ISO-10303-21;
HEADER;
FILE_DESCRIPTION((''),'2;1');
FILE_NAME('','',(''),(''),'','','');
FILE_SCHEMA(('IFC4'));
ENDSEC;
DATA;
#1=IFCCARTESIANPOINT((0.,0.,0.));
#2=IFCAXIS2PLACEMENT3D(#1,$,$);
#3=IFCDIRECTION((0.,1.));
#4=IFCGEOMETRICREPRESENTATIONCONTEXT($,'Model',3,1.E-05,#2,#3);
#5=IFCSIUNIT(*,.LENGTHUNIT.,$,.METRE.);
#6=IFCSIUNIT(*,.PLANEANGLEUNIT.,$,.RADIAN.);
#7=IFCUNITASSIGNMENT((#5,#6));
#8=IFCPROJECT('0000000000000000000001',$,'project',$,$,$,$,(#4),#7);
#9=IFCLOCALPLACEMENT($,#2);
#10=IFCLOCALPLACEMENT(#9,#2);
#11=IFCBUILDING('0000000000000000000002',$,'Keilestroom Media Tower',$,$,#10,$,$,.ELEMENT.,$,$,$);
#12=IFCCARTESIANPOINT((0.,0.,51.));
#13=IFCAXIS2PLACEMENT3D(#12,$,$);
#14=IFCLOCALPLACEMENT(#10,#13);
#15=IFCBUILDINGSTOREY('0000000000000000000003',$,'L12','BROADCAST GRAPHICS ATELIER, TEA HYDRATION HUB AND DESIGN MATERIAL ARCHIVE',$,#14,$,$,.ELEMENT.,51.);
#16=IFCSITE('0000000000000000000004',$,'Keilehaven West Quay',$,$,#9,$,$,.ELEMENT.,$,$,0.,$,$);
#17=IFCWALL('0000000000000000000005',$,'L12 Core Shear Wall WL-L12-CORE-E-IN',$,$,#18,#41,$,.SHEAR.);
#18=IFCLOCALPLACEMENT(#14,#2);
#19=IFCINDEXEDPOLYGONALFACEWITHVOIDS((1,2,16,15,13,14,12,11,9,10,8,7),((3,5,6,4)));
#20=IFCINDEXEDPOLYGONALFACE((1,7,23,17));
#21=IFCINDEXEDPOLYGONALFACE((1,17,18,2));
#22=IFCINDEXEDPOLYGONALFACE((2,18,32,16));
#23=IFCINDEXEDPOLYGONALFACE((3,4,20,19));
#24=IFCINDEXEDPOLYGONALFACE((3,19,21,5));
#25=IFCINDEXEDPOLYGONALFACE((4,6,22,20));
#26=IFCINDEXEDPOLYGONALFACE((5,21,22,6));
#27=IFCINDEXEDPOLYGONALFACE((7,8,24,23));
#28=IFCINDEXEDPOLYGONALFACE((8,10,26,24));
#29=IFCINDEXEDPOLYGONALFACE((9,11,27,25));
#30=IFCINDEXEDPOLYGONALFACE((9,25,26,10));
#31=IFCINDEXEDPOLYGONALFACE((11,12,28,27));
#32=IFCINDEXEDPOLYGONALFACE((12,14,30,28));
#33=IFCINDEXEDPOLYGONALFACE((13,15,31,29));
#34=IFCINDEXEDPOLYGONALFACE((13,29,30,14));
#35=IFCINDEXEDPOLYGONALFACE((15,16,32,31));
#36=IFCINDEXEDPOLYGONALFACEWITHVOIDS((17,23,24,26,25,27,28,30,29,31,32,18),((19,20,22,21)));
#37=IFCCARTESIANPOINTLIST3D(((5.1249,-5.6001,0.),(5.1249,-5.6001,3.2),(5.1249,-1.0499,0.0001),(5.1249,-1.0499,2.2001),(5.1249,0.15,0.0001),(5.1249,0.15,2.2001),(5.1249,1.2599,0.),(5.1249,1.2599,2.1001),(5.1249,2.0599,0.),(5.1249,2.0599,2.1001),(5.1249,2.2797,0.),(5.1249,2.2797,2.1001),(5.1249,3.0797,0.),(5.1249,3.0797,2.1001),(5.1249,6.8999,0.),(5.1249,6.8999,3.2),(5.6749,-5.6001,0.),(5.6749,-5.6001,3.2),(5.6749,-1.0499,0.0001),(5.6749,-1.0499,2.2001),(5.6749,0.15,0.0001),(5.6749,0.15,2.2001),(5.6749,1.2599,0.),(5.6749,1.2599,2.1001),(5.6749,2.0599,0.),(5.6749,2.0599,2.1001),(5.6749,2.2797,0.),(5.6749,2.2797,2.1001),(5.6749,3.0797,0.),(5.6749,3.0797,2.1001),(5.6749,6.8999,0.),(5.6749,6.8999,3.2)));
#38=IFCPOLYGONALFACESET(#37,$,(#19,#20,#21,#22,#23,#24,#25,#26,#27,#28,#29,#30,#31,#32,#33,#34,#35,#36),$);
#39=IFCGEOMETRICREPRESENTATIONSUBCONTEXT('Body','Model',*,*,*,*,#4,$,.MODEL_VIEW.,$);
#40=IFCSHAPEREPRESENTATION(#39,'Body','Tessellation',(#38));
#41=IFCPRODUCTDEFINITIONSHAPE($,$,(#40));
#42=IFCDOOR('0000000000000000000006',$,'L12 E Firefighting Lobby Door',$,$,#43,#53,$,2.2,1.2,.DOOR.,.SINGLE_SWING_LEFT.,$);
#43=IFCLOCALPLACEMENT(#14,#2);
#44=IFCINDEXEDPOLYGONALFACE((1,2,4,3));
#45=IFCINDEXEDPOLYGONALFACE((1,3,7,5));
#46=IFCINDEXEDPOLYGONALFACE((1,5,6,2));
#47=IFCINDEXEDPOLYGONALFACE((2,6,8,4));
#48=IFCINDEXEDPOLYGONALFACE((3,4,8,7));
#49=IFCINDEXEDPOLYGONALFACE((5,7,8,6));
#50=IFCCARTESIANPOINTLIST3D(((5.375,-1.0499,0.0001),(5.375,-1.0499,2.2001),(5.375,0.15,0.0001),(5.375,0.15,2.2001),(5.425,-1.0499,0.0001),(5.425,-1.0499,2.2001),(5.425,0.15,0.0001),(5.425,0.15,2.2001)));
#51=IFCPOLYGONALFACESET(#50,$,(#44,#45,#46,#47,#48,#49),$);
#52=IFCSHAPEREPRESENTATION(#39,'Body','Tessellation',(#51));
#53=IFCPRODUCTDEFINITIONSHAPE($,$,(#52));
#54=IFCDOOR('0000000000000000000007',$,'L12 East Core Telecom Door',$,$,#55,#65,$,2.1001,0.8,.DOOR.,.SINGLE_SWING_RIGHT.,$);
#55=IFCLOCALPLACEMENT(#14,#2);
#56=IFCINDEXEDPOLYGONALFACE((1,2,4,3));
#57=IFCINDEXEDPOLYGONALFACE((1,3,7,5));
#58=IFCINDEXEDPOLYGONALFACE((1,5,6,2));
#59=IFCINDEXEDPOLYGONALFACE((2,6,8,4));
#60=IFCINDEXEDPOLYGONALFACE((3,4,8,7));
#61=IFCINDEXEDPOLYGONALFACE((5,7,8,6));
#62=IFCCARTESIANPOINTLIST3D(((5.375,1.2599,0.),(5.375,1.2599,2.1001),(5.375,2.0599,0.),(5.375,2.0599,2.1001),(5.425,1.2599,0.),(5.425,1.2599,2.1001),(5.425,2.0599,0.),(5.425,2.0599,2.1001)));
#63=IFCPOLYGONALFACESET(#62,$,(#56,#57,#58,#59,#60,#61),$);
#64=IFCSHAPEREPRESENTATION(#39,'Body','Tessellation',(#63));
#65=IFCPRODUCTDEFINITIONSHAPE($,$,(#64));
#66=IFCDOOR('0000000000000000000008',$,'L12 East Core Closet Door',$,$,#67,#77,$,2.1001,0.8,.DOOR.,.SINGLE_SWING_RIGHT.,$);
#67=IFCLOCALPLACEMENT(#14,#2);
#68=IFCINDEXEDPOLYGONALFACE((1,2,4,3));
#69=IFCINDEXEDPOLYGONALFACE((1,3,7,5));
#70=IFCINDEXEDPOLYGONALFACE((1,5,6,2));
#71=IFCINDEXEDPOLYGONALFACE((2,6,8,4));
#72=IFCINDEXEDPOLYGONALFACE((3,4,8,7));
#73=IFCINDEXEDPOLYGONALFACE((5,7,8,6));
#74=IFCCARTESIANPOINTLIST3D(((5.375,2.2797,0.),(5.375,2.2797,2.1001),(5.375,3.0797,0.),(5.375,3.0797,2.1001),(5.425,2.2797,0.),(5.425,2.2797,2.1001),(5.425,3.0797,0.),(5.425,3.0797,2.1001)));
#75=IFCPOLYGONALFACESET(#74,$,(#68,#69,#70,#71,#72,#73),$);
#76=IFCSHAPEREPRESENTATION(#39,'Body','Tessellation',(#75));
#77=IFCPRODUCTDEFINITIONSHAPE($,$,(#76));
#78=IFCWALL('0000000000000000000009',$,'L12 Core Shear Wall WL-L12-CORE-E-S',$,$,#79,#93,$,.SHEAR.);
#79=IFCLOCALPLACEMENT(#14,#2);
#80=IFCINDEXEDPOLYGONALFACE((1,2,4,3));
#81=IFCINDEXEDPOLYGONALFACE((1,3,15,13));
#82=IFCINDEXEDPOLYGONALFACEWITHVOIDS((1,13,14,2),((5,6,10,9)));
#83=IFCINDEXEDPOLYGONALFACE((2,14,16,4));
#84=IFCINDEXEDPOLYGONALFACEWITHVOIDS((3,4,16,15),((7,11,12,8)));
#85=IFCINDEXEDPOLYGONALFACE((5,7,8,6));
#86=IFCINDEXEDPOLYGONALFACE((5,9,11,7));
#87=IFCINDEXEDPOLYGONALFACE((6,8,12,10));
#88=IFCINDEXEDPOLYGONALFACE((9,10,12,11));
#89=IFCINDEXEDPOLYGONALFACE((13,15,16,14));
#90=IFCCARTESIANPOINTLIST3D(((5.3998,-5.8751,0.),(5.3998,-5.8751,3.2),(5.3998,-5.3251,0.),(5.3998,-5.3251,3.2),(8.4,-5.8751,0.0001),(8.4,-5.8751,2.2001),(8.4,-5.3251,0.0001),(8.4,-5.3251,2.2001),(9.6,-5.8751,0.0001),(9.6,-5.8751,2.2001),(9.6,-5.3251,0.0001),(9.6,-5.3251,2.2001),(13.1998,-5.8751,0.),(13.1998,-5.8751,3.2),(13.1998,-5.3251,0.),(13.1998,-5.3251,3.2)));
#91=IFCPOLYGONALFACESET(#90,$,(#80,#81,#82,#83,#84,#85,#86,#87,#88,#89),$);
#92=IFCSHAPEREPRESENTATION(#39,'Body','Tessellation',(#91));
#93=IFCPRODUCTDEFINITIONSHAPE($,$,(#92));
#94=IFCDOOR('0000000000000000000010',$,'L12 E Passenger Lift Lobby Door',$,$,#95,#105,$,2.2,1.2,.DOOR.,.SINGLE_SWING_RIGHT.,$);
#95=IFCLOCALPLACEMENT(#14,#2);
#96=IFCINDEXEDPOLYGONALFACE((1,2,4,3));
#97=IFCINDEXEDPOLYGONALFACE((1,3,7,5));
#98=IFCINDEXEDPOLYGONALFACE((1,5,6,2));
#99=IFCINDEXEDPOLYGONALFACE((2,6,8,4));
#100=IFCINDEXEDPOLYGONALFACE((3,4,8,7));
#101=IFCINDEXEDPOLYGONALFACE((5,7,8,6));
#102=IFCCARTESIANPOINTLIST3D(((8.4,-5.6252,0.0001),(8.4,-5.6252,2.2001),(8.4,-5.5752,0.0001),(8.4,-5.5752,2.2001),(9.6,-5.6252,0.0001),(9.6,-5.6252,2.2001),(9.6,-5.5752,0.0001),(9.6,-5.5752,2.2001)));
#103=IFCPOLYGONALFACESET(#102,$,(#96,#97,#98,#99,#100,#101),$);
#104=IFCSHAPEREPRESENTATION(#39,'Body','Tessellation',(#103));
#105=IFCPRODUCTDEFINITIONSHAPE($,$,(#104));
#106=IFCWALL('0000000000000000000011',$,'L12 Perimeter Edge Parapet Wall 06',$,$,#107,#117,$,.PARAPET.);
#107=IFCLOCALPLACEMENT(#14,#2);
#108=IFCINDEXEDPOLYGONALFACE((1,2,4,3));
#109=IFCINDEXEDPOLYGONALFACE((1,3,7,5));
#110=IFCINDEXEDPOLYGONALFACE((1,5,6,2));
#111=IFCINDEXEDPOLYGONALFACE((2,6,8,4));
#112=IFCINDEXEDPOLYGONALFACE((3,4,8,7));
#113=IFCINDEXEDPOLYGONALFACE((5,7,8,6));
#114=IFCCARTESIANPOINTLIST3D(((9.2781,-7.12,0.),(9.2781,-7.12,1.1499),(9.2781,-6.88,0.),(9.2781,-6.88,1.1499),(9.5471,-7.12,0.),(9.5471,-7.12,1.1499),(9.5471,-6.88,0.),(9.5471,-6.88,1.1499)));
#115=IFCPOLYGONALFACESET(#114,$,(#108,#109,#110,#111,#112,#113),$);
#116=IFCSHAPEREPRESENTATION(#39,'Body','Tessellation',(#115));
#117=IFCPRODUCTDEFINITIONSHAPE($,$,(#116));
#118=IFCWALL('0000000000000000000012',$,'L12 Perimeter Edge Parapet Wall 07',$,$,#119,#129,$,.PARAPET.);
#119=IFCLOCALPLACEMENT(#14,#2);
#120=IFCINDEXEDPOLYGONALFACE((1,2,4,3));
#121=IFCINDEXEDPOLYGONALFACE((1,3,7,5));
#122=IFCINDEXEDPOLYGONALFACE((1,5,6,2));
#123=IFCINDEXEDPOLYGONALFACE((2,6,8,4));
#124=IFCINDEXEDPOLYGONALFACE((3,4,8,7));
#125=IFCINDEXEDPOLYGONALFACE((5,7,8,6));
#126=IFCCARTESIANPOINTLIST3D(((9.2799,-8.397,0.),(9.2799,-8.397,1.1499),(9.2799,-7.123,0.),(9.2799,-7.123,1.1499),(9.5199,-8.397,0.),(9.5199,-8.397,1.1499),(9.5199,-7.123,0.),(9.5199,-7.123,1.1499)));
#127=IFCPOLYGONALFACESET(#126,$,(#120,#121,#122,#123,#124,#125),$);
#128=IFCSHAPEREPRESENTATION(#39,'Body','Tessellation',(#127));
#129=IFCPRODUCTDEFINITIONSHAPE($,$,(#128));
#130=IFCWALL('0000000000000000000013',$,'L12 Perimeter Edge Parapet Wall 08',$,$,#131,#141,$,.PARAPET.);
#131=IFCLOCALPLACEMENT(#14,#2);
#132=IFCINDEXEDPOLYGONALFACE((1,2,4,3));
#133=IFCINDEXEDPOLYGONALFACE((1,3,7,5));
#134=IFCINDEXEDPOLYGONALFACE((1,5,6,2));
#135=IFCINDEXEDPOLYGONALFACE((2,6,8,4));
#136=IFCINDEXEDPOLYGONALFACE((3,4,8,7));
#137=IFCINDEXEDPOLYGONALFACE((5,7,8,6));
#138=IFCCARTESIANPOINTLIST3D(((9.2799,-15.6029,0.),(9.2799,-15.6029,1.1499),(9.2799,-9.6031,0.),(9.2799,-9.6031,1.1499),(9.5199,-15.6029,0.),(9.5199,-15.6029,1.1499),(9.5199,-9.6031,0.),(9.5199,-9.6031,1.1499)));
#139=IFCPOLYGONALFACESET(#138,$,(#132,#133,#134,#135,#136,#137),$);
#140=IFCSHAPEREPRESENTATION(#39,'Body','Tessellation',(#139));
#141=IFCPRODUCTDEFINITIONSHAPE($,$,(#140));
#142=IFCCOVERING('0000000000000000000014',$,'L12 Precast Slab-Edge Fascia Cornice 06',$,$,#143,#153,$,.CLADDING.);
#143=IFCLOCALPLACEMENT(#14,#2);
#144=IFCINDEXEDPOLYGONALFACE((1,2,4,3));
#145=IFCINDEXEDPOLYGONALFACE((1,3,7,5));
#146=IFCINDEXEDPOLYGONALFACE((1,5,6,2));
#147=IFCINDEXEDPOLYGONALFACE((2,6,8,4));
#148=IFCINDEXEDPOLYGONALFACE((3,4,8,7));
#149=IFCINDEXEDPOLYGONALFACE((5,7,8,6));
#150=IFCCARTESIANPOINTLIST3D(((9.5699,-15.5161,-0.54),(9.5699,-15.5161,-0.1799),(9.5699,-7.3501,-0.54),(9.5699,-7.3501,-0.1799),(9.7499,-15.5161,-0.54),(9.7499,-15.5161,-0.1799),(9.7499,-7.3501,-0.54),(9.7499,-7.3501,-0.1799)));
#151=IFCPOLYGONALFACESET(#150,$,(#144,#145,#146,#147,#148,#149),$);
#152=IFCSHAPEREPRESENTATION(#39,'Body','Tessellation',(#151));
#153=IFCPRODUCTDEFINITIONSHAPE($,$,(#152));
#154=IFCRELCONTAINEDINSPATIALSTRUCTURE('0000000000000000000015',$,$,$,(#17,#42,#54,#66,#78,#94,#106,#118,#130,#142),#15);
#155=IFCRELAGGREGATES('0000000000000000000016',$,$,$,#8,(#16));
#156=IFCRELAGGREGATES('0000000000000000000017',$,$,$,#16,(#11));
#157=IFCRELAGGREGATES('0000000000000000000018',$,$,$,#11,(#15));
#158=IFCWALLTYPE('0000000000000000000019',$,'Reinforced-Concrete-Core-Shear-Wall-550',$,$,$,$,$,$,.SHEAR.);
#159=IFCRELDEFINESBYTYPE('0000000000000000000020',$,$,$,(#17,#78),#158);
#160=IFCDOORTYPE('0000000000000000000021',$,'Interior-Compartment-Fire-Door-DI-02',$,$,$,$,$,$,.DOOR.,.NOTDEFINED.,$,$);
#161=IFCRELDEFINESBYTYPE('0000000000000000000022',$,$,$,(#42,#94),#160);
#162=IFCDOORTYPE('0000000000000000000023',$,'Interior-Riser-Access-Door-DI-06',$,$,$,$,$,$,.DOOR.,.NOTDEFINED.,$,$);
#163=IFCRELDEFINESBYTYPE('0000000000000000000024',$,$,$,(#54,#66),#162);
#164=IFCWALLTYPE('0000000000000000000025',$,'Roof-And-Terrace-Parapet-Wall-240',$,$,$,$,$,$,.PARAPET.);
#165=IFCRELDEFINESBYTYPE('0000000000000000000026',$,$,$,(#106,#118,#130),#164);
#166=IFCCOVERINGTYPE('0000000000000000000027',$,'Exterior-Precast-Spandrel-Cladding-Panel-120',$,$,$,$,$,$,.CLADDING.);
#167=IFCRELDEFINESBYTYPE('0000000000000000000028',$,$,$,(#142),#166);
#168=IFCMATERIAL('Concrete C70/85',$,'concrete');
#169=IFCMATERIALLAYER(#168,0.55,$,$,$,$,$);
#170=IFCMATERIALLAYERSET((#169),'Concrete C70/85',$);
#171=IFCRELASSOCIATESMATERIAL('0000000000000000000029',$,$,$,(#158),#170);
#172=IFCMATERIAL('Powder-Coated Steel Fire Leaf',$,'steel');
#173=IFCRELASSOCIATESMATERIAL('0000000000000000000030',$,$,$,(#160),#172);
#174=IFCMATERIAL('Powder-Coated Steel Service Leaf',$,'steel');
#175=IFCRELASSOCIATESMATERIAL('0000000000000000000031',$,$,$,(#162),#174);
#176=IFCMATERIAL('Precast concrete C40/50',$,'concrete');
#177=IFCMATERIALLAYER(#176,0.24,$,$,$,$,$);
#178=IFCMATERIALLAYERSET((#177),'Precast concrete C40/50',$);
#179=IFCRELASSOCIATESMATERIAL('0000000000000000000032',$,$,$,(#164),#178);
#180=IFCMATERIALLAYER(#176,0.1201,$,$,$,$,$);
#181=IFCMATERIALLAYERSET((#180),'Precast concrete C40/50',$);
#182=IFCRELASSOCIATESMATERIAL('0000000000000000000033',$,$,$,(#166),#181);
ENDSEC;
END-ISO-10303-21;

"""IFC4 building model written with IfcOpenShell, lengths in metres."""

from ifc_helpers import new_model, si_unit, direction, frame, frame_2d, origin, origin_2d, place, context, subcontext, project, spatial, rectangle, extrude, source, transform, mapped, material, layer, layer_set, type_object, element, fill, save


model = new_model("IFC4")

# Units and contexts
model_context = context("Model", 3, precision=1e-05, world=origin(), true_north=direction((0.0, 1.0)))
body_context = subcontext(model_context, "Body", "Model", "MODEL_VIEW")
ifc_project = project(units=[si_unit("LENGTHUNIT", "METRE"), si_unit("PLANEANGLEUNIT", "RADIAN")], contexts=[model_context])

# Site, building, storey
site_placement = place(None, origin())
site = spatial("IfcSite", under=ifc_project, at=site_placement, Name="Keilehaven West Quay", CompositionType="ELEMENT", RefElevation=0.0)
building_placement = place(site_placement, origin())
building = spatial("IfcBuilding", under=site, at=building_placement, Name="Keilestroom Media Tower", CompositionType="ELEMENT")
storey_placement = place(building_placement, frame((0.0, 0.0, 51.0)))
storey = spatial("IfcBuildingStorey", under=building, at=storey_placement, Name="L12", Description="BROADCAST GRAPHICS ATELIER, TEA HYDRATION HUB AND DESIGN MATERIAL ARCHIVE", CompositionType="ELEMENT", Elevation=51.0)

# Shared definitions
ifc_material_1 = material(Name="Concrete C70/85", Category="concrete")

# Wall, openings, doors
ifc_layer_1 = layer(ifc_material_1, 0.55)
ifc_layer_set_1 = layer_set([ifc_layer_1], Name="Concrete C70/85")
wall_type_1 = type_object("IfcWallType", Name="Reinforced-Concrete-Core-Shear-Wall-550", PredefinedType="SHEAR", material=ifc_layer_set_1)
wall_1_placement = place(storey_placement, frame((5.3999, -5.6001, 0.0), z_axis=(0.0, 0.0, 1.0), x_axis=(0.0, 1.0, 0.0)))
wall_1 = element("IfcWall", 1, at=wall_1_placement, inside=storey, type_object=wall_type_1, Name="L12 Core Shear Wall WL-L12-CORE-E-IN", PredefinedType="SHEAR", context=body_context, shape_type="SweptSolid", body=[
    extrude(rectangle(XDim=12.5, YDim=0.55, at=frame_2d((6.25, 0.0))), origin(), (0.0, 0.0, 1.0), 3.2),
])
opening_1_placement = place(wall_1_placement, frame((4.55, 0.0, 0.0)))
opening_1 = element("IfcOpeningElement", 2, at=opening_1_placement, cuts=wall_1, PredefinedType="OPENING", context=body_context, shape_type="SweptSolid", body=[
    extrude(rectangle(XDim=1.2, YDim=2.2, at=frame_2d((0.6001, 1.1001))), frame((0.0, 0.2852, 0.0), z_axis=(0.0, -1.0, 0.0), x_axis=(1.0, 0.0, 0.0)), (0.0, 0.0, 1.0), 0.5701),
])
opening_2_placement = place(wall_1_placement, frame((6.8601, 0.0, 0.0)))
opening_2 = element("IfcOpeningElement", 3, at=opening_2_placement, cuts=wall_1, PredefinedType="OPENING", context=body_context, shape_type="SweptSolid", body=[
    extrude(rectangle(XDim=0.8, YDim=2.1001, at=frame_2d((0.3999, 1.05))), frame((0.0, 0.2852, 0.0), z_axis=(0.0, -1.0, 0.0), x_axis=(1.0, 0.0, 0.0)), (0.0, 0.0, 1.0), 0.5701),
])
opening_3_placement = place(wall_1_placement, frame((7.8799, 0.0, 0.0)))
opening_3 = element("IfcOpeningElement", 4, at=opening_3_placement, cuts=wall_1, PredefinedType="OPENING", context=body_context, shape_type="SweptSolid", body=[
    extrude(rectangle(XDim=0.8, YDim=2.1001, at=frame_2d((0.3999, 1.05))), frame((0.0, 0.2852, 0.0), z_axis=(0.0, -1.0, 0.0), x_axis=(1.0, 0.0, 0.0)), (0.0, 0.0, 1.0), 0.5701),
])
ifc_material_2 = material(Name="Powder-Coated Steel Fire Leaf", Category="steel")
door_type_1 = type_object("IfcDoorType", Name="Interior-Compartment-Fire-Door-DI-02", OperationType="NOTDEFINED", PredefinedType="DOOR", material=ifc_material_2)
shared_shape_1 = source(origin(), body_context, "Body", "SweptSolid", [
    extrude(rectangle(XDim=1.2, YDim=2.2, at=frame_2d((0.6001, 1.1001))), frame((0.0, 0.0249, 0.0), z_axis=(0.0, -1.0, 0.0), x_axis=(1.0, 0.0, 0.0)), (0.0, 0.0, 1.0), 0.05),
])
door_1_placement = place(opening_1_placement, origin())
door_1 = element("IfcDoor", 5, at=door_1_placement, inside=storey, type_object=door_type_1, Name="L12 E Firefighting Lobby Door", OperationType="SINGLE_SWING_LEFT", OverallHeight=2.2, OverallWidth=1.2, PredefinedType="DOOR", context=body_context, shape_type="MappedRepresentation", body=[
    mapped(shared_shape_1, transform((0.0, 0.0, 0.0), x_axis=(1.0, 0.0, 0.0), y_axis=(0.0, 1.0, 0.0), z_axis=(0.0, 0.0, 1.0), scale=1.0)),
])
fill(opening_1, door_1)
ifc_material_3 = material(Name="Powder-Coated Steel Service Leaf", Category="steel")
door_type_2 = type_object("IfcDoorType", Name="Interior-Riser-Access-Door-DI-06", OperationType="NOTDEFINED", PredefinedType="DOOR", material=ifc_material_3)
shared_shape_2 = source(origin(), body_context, "Body", "SweptSolid", [
    extrude(rectangle(XDim=0.8, YDim=2.1001, at=frame_2d((0.3999, 1.05))), frame((0.0, 0.0249, 0.0), z_axis=(0.0, -1.0, 0.0), x_axis=(1.0, 0.0, 0.0)), (0.0, 0.0, 1.0), 0.05),
])
door_2_placement = place(opening_2_placement, origin())
door_2 = element("IfcDoor", 6, at=door_2_placement, inside=storey, type_object=door_type_2, Name="L12 East Core Telecom Door", OperationType="SINGLE_SWING_RIGHT", OverallHeight=2.1001, OverallWidth=0.8, PredefinedType="DOOR", context=body_context, shape_type="MappedRepresentation", body=[
    mapped(shared_shape_2, transform((0.0, 0.0, 0.0), x_axis=(1.0, 0.0, 0.0), y_axis=(0.0, 1.0, 0.0), z_axis=(0.0, 0.0, 1.0), scale=1.0)),
])
fill(opening_2, door_2)
door_3_placement = place(opening_3_placement, origin())
door_3 = element("IfcDoor", 7, at=door_3_placement, inside=storey, type_object=door_type_2, Name="L12 East Core Closet Door", OperationType="SINGLE_SWING_RIGHT", OverallHeight=2.1001, OverallWidth=0.8, PredefinedType="DOOR", context=body_context, shape_type="MappedRepresentation", body=[
    mapped(shared_shape_2, transform((0.0, 0.0, 0.0), x_axis=(1.0, 0.0, 0.0), y_axis=(0.0, 1.0, 0.0), z_axis=(0.0, 0.0, 1.0), scale=1.0)),
])
fill(opening_3, door_3)

# Wall, opening, door
wall_2_placement = place(storey_placement, frame((5.3999, -5.6001, 0.0), z_axis=(0.0, 0.0, 1.0), x_axis=(1.0, 0.0, 0.0)))
wall_2 = element("IfcWall", 8, at=wall_2_placement, inside=storey, type_object=wall_type_1, Name="L12 Core Shear Wall WL-L12-CORE-E-S", PredefinedType="SHEAR", context=body_context, shape_type="SweptSolid", body=[
    extrude(rectangle(XDim=7.8, YDim=0.55, at=frame_2d((3.8999, 0.0))), origin(), (0.0, 0.0, 1.0), 3.2),
])
opening_4_placement = place(wall_2_placement, frame((3.0, 0.0, 0.0)))
opening_4 = element("IfcOpeningElement", 9, at=opening_4_placement, cuts=wall_2, PredefinedType="OPENING", context=body_context, shape_type="SweptSolid", body=[
    extrude(rectangle(XDim=1.2, YDim=2.2, at=frame_2d((0.6001, 1.1001))), frame((0.0, 0.2852, 0.0), z_axis=(0.0, -1.0, 0.0), x_axis=(1.0, 0.0, 0.0)), (0.0, 0.0, 1.0), 0.5701),
])
door_4_placement = place(opening_4_placement, origin())
door_4 = element("IfcDoor", 10, at=door_4_placement, inside=storey, type_object=door_type_1, Name="L12 E Passenger Lift Lobby Door", OperationType="SINGLE_SWING_RIGHT", OverallHeight=2.2, OverallWidth=1.2, PredefinedType="DOOR", context=body_context, shape_type="MappedRepresentation", body=[
    mapped(shared_shape_1, transform((0.0, 0.0, 0.0), x_axis=(1.0, 0.0, 0.0), y_axis=(0.0, 1.0, 0.0), z_axis=(0.0, 0.0, 1.0), scale=1.0)),
])
fill(opening_4, door_4)

# Walls
ifc_material_4 = material(Name="Precast concrete C40/50", Category="concrete")
ifc_layer_2 = layer(ifc_material_4, 0.24)
ifc_layer_set_2 = layer_set([ifc_layer_2], Name="Precast concrete C40/50")
wall_type_2 = type_object("IfcWallType", Name="Roof-And-Terrace-Parapet-Wall-240", PredefinedType="PARAPET", material=ifc_layer_set_2)
wall_3_placement = place(storey_placement, frame((9.5471, -7.0, 0.0), z_axis=(0.0, 0.0, 1.0), x_axis=(-1.0, 0.0, 0.0)))
element("IfcWall", 11, at=wall_3_placement, inside=storey, type_object=wall_type_2, Name="L12 Perimeter Edge Parapet Wall 06", PredefinedType="PARAPET", context=body_context, shape_type="SweptSolid", body=[
    extrude(rectangle(XDim=0.269, YDim=0.24, at=frame_2d((0.1345, 0.0))), origin(), (0.0, 0.0, 1.0), 1.1499),
])
wall_4_placement = place(storey_placement, frame((9.3999, -7.123, 0.0), z_axis=(0.0, 0.0, 1.0), x_axis=(0.0, -1.0, 0.0)))
element("IfcWall", 12, at=wall_4_placement, inside=storey, type_object=wall_type_2, Name="L12 Perimeter Edge Parapet Wall 07", PredefinedType="PARAPET", context=body_context, shape_type="SweptSolid", body=[
    extrude(rectangle(XDim=1.2739, YDim=0.24, at=frame_2d((0.637, 0.0))), origin(), (0.0, 0.0, 1.0), 1.1499),
])
wall_5_placement = place(storey_placement, frame((9.3999, -9.603, 0.0), z_axis=(0.0, 0.0, 1.0), x_axis=(0.0, -1.0, 0.0)))
element("IfcWall", 13, at=wall_5_placement, inside=storey, type_object=wall_type_2, Name="L12 Perimeter Edge Parapet Wall 08", PredefinedType="PARAPET", context=body_context, shape_type="SweptSolid", body=[
    extrude(rectangle(XDim=5.9998, YDim=0.24, at=frame_2d((3.0, 0.0))), origin(), (0.0, 0.0, 1.0), 1.1499),
])

# Covering
ifc_layer_3 = layer(ifc_material_4, 0.1201)
ifc_layer_set_3 = layer_set([ifc_layer_3], Name="Precast concrete C40/50")
covering_type = type_object("IfcCoveringType", Name="Exterior-Precast-Spandrel-Cladding-Panel-120", PredefinedType="CLADDING", material=ifc_layer_set_3)
shared_shape_3 = source(origin(), body_context, "Body", "SweptSolid", [
    extrude(rectangle(XDim=8.166, YDim=0.1799, at=origin_2d()), origin(), (0.0, 0.0, 1.0), 0.3601),
])
covering_placement = place(storey_placement, frame((9.6599, -11.4331, -0.54), z_axis=(0.0, 0.0, 1.0), x_axis=(0.0, -1.0, 0.0)))
element("IfcCovering", 14, at=covering_placement, inside=storey, type_object=covering_type, Name="L12 Precast Slab-Edge Fascia Cornice 06", PredefinedType="CLADDING", context=body_context, shape_type="MappedRepresentation", body=[
    mapped(shared_shape_3, transform((0.0, 0.0, 0.0), x_axis=(1.0, 0.0, 0.0), y_axis=(0.0, 1.0, 0.0), z_axis=(0.0, 0.0, 1.0), scale=1.0)),
])

save(model, "model.ifc")
